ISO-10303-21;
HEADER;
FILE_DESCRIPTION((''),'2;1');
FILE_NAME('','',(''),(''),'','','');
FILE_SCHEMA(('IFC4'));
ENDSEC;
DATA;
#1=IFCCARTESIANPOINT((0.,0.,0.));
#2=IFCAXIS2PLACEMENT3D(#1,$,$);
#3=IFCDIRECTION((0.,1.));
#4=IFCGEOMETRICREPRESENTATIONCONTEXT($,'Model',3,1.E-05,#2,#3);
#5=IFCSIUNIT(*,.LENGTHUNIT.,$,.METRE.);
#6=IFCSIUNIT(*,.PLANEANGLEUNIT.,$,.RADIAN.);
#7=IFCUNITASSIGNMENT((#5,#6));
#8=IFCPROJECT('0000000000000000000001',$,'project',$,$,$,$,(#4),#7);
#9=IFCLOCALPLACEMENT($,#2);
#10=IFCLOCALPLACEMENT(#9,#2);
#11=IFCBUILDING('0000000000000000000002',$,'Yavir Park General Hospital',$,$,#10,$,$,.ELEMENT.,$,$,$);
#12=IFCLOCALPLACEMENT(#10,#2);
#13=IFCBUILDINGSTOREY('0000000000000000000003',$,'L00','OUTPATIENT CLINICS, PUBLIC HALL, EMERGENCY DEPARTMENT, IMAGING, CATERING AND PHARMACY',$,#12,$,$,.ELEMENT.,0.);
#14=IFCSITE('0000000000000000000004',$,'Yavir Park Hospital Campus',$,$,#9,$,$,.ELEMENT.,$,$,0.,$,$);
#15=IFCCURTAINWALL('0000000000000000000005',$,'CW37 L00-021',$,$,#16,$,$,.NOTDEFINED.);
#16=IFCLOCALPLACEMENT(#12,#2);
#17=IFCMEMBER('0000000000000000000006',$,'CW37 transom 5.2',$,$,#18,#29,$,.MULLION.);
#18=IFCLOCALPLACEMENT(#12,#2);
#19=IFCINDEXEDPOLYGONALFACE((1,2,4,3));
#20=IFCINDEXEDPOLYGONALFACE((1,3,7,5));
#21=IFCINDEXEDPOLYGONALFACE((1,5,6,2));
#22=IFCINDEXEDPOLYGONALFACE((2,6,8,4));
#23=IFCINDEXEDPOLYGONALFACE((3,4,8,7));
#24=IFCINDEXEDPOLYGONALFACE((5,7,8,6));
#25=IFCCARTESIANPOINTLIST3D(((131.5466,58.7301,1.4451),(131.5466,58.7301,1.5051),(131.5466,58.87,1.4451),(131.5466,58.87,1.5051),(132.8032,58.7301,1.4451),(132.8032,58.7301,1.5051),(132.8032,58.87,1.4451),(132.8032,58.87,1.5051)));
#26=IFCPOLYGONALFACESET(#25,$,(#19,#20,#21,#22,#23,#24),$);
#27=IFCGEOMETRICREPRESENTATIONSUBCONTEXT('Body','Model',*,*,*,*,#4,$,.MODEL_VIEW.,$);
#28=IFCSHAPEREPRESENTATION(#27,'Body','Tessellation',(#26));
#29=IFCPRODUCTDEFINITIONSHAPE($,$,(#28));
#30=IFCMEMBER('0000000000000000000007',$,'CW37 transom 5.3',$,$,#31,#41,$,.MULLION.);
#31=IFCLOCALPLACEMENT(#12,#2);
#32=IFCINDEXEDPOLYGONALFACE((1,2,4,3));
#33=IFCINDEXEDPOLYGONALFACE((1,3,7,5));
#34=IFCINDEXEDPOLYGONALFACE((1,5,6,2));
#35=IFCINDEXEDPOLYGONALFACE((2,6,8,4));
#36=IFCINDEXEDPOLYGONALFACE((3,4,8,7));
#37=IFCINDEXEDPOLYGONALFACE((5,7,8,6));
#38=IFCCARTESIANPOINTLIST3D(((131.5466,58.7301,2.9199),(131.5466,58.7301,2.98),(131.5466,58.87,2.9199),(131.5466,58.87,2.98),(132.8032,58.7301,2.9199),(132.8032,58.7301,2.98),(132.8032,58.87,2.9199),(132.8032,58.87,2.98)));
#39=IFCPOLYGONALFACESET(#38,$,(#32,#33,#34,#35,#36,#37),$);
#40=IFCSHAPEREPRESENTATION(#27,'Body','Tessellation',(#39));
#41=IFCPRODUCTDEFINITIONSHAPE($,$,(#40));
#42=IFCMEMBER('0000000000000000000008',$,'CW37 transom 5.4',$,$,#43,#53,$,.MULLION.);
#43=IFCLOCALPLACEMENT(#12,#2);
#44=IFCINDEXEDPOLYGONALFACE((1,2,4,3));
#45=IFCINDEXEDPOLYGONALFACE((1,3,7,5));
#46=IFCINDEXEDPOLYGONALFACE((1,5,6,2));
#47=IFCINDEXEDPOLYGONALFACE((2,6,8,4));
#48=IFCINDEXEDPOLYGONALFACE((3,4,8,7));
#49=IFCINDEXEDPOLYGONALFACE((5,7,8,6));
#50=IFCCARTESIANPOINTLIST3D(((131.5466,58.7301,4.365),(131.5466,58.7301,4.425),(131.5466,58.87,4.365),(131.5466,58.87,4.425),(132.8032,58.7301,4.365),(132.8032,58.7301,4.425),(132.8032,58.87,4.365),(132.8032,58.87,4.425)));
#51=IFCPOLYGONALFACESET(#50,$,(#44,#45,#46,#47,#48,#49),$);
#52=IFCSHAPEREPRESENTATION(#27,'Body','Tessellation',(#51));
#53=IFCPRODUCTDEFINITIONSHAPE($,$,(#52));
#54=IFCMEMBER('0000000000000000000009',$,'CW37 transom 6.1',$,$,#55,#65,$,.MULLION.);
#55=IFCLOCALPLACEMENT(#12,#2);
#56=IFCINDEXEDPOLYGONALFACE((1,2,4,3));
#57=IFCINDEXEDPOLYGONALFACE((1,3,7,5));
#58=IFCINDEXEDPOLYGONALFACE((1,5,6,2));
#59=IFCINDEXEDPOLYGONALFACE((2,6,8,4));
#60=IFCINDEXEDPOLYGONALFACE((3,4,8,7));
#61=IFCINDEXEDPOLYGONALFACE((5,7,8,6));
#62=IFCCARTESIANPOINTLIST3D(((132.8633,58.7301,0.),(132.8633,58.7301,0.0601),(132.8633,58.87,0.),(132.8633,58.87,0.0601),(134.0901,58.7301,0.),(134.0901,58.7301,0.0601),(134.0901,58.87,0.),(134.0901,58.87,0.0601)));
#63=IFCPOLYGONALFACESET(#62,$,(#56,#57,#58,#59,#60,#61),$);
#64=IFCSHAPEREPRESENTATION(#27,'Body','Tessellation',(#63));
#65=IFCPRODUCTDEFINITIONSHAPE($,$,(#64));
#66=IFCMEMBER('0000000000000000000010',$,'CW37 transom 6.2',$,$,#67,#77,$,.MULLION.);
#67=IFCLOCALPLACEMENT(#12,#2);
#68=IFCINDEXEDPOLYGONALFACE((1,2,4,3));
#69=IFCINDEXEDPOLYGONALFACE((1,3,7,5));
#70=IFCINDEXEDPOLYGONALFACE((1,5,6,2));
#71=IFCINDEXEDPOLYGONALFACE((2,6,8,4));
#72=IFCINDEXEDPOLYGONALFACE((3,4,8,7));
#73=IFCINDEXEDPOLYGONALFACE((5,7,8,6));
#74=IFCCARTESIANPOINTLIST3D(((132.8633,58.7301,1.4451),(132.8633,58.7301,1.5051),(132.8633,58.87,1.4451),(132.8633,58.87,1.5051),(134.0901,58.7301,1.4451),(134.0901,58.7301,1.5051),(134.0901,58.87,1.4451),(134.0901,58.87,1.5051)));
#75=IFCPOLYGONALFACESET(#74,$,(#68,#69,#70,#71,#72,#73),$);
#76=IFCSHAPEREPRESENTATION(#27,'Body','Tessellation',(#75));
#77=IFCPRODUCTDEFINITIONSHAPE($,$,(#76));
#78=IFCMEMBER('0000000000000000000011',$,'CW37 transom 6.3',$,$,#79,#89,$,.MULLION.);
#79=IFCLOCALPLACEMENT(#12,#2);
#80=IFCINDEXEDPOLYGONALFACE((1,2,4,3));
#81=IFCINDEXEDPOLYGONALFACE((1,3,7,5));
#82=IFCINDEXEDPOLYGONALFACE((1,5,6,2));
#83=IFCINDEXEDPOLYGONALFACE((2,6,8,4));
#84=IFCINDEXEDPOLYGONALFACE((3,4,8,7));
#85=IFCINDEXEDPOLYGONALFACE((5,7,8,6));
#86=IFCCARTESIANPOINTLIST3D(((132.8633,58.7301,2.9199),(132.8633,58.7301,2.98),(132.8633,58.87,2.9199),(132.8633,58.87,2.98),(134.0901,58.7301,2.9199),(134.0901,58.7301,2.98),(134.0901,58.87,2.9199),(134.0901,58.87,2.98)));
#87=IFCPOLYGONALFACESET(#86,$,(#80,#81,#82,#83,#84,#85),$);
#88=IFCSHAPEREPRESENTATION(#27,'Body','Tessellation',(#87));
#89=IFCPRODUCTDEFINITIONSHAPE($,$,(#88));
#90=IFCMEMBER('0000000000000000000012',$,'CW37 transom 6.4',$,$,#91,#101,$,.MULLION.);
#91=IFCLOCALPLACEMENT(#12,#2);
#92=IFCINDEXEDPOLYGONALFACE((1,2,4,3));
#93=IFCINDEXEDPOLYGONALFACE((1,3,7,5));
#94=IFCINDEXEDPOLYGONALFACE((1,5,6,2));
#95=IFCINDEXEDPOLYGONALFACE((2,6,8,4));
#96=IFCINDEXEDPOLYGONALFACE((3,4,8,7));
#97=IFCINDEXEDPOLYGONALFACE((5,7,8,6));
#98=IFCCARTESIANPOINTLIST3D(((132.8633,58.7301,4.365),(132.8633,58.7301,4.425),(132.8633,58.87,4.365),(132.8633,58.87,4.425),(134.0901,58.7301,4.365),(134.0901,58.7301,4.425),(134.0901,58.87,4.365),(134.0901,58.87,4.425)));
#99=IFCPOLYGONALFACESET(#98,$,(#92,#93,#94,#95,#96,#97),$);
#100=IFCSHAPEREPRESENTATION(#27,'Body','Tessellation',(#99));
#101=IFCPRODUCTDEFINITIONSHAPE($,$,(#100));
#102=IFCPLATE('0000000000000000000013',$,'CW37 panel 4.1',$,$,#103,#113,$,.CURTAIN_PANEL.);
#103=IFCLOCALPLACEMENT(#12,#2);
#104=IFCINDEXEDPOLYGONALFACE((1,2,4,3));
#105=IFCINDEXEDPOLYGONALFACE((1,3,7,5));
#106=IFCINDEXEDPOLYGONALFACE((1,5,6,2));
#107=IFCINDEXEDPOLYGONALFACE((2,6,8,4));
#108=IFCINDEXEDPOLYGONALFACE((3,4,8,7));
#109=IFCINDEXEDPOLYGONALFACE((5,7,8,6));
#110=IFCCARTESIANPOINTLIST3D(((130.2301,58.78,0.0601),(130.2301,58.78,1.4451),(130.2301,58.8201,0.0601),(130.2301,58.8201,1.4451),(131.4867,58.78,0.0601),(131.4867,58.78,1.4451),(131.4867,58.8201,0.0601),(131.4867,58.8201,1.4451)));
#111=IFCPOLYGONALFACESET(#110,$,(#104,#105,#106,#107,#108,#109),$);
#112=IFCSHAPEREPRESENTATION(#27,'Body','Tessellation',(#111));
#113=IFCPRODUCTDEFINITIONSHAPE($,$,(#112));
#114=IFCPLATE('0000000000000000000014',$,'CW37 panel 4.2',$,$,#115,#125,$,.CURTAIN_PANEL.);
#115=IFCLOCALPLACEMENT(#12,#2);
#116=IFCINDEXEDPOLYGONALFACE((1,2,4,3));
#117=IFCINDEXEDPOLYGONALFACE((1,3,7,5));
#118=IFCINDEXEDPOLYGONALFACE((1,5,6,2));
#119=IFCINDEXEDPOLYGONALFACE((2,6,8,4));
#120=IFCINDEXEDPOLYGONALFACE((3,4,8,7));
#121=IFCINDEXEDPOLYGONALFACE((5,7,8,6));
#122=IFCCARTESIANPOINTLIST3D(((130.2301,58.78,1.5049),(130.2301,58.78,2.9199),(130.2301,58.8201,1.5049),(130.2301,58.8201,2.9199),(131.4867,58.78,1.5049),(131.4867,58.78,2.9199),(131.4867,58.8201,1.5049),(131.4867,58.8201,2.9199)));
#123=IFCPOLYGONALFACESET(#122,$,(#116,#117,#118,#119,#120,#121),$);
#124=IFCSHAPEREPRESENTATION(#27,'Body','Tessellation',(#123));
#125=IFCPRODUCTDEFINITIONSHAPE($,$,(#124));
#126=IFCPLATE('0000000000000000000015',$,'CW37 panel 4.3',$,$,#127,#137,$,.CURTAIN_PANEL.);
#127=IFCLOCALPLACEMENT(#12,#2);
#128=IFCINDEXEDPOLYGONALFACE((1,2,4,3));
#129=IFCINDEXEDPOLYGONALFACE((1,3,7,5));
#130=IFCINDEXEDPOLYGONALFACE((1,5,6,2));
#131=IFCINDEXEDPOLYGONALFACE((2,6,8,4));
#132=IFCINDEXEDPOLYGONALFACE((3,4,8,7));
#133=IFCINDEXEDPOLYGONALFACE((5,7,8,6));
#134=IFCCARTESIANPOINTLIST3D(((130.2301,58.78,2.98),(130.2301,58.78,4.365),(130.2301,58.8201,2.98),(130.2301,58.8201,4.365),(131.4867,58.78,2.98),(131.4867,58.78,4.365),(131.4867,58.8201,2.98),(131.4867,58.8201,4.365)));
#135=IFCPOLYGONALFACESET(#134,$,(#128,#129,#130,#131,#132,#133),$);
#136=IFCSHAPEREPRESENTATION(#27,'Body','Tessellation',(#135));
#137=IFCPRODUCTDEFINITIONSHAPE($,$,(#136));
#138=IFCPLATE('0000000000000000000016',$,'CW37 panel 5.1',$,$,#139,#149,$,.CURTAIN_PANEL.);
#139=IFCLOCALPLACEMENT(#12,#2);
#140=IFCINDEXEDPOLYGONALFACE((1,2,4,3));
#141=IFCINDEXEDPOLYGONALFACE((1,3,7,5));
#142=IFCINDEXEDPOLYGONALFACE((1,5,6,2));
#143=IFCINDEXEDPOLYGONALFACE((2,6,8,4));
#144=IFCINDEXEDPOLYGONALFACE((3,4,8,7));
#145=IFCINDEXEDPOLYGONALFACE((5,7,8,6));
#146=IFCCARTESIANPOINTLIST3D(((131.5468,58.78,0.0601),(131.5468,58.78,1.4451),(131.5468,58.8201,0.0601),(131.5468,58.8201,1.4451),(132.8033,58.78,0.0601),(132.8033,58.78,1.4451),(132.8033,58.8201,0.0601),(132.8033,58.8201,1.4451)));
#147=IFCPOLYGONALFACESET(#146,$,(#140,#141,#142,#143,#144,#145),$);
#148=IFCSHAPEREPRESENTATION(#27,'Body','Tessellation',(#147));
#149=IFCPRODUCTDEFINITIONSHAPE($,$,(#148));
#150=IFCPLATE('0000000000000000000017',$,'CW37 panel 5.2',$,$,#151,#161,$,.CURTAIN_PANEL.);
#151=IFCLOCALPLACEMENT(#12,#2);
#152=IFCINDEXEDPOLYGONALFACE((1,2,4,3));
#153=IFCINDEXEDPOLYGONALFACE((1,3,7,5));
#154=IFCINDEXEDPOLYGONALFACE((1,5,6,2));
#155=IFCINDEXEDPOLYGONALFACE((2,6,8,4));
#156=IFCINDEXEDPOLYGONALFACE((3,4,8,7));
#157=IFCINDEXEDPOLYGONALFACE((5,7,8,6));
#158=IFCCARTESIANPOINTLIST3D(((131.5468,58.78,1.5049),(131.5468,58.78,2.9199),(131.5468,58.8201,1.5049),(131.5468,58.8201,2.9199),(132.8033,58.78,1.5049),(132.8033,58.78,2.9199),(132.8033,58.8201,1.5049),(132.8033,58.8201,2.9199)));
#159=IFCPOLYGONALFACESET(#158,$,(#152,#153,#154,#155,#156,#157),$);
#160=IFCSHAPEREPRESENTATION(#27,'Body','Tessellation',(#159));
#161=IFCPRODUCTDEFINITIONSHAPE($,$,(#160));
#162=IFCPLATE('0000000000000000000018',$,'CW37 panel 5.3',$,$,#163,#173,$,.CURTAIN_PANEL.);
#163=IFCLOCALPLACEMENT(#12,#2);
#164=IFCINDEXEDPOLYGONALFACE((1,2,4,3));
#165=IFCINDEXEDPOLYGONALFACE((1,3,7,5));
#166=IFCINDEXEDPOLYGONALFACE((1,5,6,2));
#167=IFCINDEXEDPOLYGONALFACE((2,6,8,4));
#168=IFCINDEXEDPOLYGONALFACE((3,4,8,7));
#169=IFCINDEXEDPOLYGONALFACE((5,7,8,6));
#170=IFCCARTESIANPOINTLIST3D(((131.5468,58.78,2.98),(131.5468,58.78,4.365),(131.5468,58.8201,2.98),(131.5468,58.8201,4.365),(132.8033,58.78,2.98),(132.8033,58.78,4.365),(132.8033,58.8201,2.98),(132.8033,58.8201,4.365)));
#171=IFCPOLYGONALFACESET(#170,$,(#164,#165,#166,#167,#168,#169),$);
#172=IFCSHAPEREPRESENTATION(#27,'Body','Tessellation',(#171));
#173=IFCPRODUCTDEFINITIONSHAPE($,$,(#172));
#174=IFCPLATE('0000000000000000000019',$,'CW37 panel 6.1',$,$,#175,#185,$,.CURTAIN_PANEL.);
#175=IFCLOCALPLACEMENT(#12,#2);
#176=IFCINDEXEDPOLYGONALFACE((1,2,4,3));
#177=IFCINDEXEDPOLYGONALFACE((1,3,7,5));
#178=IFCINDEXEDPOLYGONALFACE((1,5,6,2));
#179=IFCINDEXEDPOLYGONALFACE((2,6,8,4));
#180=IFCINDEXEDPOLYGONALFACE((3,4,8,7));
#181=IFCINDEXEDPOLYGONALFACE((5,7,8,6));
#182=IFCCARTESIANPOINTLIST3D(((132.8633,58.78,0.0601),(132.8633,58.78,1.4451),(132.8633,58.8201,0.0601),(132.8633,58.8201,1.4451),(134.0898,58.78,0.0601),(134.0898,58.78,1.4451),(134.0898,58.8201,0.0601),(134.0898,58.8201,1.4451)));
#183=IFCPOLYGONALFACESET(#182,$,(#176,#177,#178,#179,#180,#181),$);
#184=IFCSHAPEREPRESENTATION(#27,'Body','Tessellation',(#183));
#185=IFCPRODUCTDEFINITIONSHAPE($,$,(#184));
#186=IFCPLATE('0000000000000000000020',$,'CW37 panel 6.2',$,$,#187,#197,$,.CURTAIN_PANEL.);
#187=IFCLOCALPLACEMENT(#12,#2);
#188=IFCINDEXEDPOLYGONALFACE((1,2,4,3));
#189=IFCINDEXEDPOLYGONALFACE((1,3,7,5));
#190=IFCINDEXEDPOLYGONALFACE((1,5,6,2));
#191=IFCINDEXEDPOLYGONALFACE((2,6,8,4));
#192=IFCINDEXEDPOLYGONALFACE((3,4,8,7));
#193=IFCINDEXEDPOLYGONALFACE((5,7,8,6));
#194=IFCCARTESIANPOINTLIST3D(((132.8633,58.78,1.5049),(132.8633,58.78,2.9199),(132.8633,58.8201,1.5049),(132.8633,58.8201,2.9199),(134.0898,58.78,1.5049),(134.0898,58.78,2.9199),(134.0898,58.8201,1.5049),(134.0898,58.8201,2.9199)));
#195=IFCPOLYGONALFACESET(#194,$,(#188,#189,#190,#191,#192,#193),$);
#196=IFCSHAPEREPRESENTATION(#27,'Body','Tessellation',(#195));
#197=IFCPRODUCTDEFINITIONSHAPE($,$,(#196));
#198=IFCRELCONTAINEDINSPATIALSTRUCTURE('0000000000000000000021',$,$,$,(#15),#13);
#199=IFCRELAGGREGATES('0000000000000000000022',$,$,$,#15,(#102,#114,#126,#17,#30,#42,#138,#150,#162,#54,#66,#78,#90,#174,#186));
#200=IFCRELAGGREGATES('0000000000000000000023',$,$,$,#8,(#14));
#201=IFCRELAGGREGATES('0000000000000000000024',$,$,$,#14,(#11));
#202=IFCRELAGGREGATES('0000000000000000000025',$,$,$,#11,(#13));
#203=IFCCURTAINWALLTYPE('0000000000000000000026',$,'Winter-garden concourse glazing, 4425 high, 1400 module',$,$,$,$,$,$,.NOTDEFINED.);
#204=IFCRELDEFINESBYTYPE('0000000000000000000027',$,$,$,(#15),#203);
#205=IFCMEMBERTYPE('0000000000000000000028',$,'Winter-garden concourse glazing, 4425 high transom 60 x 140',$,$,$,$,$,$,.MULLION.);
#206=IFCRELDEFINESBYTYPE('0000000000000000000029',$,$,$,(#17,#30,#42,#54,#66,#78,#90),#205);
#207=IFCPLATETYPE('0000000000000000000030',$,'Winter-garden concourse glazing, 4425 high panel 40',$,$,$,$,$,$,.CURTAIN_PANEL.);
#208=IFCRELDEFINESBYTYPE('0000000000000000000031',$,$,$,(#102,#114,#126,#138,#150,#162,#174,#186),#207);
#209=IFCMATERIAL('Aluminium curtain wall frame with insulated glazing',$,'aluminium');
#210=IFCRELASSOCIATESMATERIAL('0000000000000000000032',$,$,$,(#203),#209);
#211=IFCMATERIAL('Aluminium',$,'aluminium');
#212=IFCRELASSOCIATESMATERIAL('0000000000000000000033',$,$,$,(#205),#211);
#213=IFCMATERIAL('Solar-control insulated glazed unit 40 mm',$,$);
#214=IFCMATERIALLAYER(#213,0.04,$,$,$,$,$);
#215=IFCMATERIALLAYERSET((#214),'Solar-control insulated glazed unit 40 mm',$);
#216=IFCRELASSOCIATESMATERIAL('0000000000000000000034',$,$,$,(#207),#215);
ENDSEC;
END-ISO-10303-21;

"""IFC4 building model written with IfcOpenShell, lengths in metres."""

from ifc_helpers import new_model, si_unit, direction, frame, origin, origin_2d, place, context, subcontext, project, spatial, rectangle, extrude, material, layer, layer_set, material_profile, profile_set, type_object, element, aggregate, save


model = new_model("IFC4")

# Units and contexts
model_context = context("Model", 3, precision=1e-05, world=origin(), true_north=direction((0.0, 1.0)))
body_context = subcontext(model_context, "Body", "Model", "MODEL_VIEW")
ifc_project = project(units=[si_unit("LENGTHUNIT", "METRE"), si_unit("PLANEANGLEUNIT", "RADIAN")], contexts=[model_context])

# Site, building, storey
site_placement = place(None, origin())
site = spatial("IfcSite", under=ifc_project, at=site_placement, Name="Yavir Park Hospital Campus", CompositionType="ELEMENT", RefElevation=0.0)
building_placement = place(site_placement, origin())
building = spatial("IfcBuilding", under=site, at=building_placement, Name="Yavir Park General Hospital", CompositionType="ELEMENT")
storey_placement = place(building_placement, origin())
storey = spatial("IfcBuildingStorey", under=building, at=storey_placement, Name="L00", Description="OUTPATIENT CLINICS, PUBLIC HALL, EMERGENCY DEPARTMENT, IMAGING, CATERING AND PHARMACY", CompositionType="ELEMENT", Elevation=0.0)

# Curtain wall, members, plates
ifc_material_1 = material(Name="Aluminium curtain wall frame with insulated glazing", Category="aluminium")
curtain_wall_type = type_object("IfcCurtainWallType", Name="Winter-garden concourse glazing, 4425 high, 1400 module", PredefinedType="NOTDEFINED", material=ifc_material_1)
curtain_wall_placement = place(storey_placement, origin())
curtain_wall = element("IfcCurtainWall", 1, at=curtain_wall_placement, inside=storey, type_object=curtain_wall_type, Name="CW37 L00-021", PredefinedType="NOTDEFINED")
ifc_material_2 = material(Name="Aluminium", Category="aluminium")
ifc_material_profile_1 = material_profile(ifc_material_2, rectangle(XDim=0.1399, YDim=0.0601, at=origin_2d()), Name="AL 140x60")
ifc_profile_set_1 = profile_set([ifc_material_profile_1], Name="Aluminium")
member_type_1 = type_object("IfcMemberType", Name="Winter-garden concourse glazing, 4425 high transom 60 x 140", PredefinedType="MULLION", material=ifc_profile_set_1)
member_1_placement = place(storey_placement, frame((131.5466, 58.8, 1.4751), z_axis=(1.0, 0.0, 0.0), x_axis=(0.0, 1.0, 0.0)))
member_1 = element("IfcMember", 2, at=member_1_placement, type_object=member_type_1, Name="CW37 transom 5.2", PredefinedType="MULLION", context=body_context, shape_type="SweptSolid", body=[
    extrude(rectangle(XDim=0.1399, YDim=0.0601, at=origin_2d()), origin(), (0.0, 0.0, 1.0), 1.2566),
])
member_2_placement = place(storey_placement, frame((131.5466, 58.8, 2.95), z_axis=(1.0, 0.0, 0.0), x_axis=(0.0, 1.0, 0.0)))
member_2 = element("IfcMember", 3, at=member_2_placement, type_object=member_type_1, Name="CW37 transom 5.3", PredefinedType="MULLION", context=body_context, shape_type="SweptSolid", body=[
    extrude(rectangle(XDim=0.1399, YDim=0.0601, at=origin_2d()), origin(), (0.0, 0.0, 1.0), 1.2566),
])
member_3_placement = place(storey_placement, frame((131.5466, 58.8, 4.395), z_axis=(1.0, 0.0, 0.0), x_axis=(0.0, 1.0, 0.0)))
member_3 = element("IfcMember", 4, at=member_3_placement, type_object=member_type_1, Name="CW37 transom 5.4", PredefinedType="MULLION", context=body_context, shape_type="SweptSolid", body=[
    extrude(rectangle(XDim=0.1399, YDim=0.0601, at=origin_2d()), origin(), (0.0, 0.0, 1.0), 1.2566),
])
member_4_placement = place(storey_placement, frame((132.8633, 58.8, 0.03), z_axis=(1.0, 0.0, 0.0), x_axis=(0.0, 1.0, 0.0)))
member_4 = element("IfcMember", 5, at=member_4_placement, type_object=member_type_1, Name="CW37 transom 6.1", PredefinedType="MULLION", context=body_context, shape_type="SweptSolid", body=[
    extrude(rectangle(XDim=0.1399, YDim=0.0601, at=origin_2d()), origin(), (0.0, 0.0, 1.0), 1.2268),
])
member_5_placement = place(storey_placement, frame((132.8633, 58.8, 1.4751), z_axis=(1.0, 0.0, 0.0), x_axis=(0.0, 1.0, 0.0)))
member_5 = element("IfcMember", 6, at=member_5_placement, type_object=member_type_1, Name="CW37 transom 6.2", PredefinedType="MULLION", context=body_context, shape_type="SweptSolid", body=[
    extrude(rectangle(XDim=0.1399, YDim=0.0601, at=origin_2d()), origin(), (0.0, 0.0, 1.0), 1.2268),
])
member_6_placement = place(storey_placement, frame((132.8633, 58.8, 2.95), z_axis=(1.0, 0.0, 0.0), x_axis=(0.0, 1.0, 0.0)))
member_6 = element("IfcMember", 7, at=member_6_placement, type_object=member_type_1, Name="CW37 transom 6.3", PredefinedType="MULLION", context=body_context, shape_type="SweptSolid", body=[
    extrude(rectangle(XDim=0.1399, YDim=0.0601, at=origin_2d()), origin(), (0.0, 0.0, 1.0), 1.2268),
])
member_7_placement = place(storey_placement, frame((132.8633, 58.8, 4.395), z_axis=(1.0, 0.0, 0.0), x_axis=(0.0, 1.0, 0.0)))
member_7 = element("IfcMember", 8, at=member_7_placement, type_object=member_type_1, Name="CW37 transom 6.4", PredefinedType="MULLION", context=body_context, shape_type="SweptSolid", body=[
    extrude(rectangle(XDim=0.1399, YDim=0.0601, at=origin_2d()), origin(), (0.0, 0.0, 1.0), 1.2268),
])
ifc_material_3 = material(Name="Solar-control insulated glazed unit 40 mm")
ifc_layer_1 = layer(ifc_material_3, 0.04)
ifc_layer_set_1 = layer_set([ifc_layer_1], Name="Solar-control insulated glazed unit 40 mm")
plate_type = type_object("IfcPlateType", Name="Winter-garden concourse glazing, 4425 high panel 40", PredefinedType="CURTAIN_PANEL", material=ifc_layer_set_1)
plate_1_placement = place(storey_placement, frame((130.8584, 58.8, 0.0601), z_axis=(0.0, 0.0, 1.0), x_axis=(1.0, 0.0, 0.0)))
plate_1 = element("IfcPlate", 9, at=plate_1_placement, type_object=plate_type, Name="CW37 panel 4.1", PredefinedType="CURTAIN_PANEL", context=body_context, shape_type="SweptSolid", body=[
    extrude(rectangle(XDim=1.2566, YDim=0.04, at=origin_2d()), origin(), (0.0, 0.0, 1.0), 1.385),
])
plate_2_placement = place(storey_placement, frame((130.8584, 58.8, 1.5049), z_axis=(0.0, 0.0, 1.0), x_axis=(1.0, 0.0, 0.0)))
plate_2 = element("IfcPlate", 10, at=plate_2_placement, type_object=plate_type, Name="CW37 panel 4.2", PredefinedType="CURTAIN_PANEL", context=body_context, shape_type="SweptSolid", body=[
    extrude(rectangle(XDim=1.2566, YDim=0.04, at=origin_2d()), origin(), (0.0, 0.0, 1.0), 1.415),
])
plate_3_placement = place(storey_placement, frame((130.8584, 58.8, 2.98), z_axis=(0.0, 0.0, 1.0), x_axis=(1.0, 0.0, 0.0)))
plate_3 = element("IfcPlate", 11, at=plate_3_placement, type_object=plate_type, Name="CW37 panel 4.3", PredefinedType="CURTAIN_PANEL", context=body_context, shape_type="SweptSolid", body=[
    extrude(rectangle(XDim=1.2566, YDim=0.04, at=origin_2d()), origin(), (0.0, 0.0, 1.0), 1.385),
])
plate_4_placement = place(storey_placement, frame((132.175, 58.8, 0.0601), z_axis=(0.0, 0.0, 1.0), x_axis=(1.0, 0.0, 0.0)))
plate_4 = element("IfcPlate", 12, at=plate_4_placement, type_object=plate_type, Name="CW37 panel 5.1", PredefinedType="CURTAIN_PANEL", context=body_context, shape_type="SweptSolid", body=[
    extrude(rectangle(XDim=1.2566, YDim=0.04, at=origin_2d()), origin(), (0.0, 0.0, 1.0), 1.385),
])
plate_5_placement = place(storey_placement, frame((132.175, 58.8, 1.5049), z_axis=(0.0, 0.0, 1.0), x_axis=(1.0, 0.0, 0.0)))
plate_5 = element("IfcPlate", 13, at=plate_5_placement, type_object=plate_type, Name="CW37 panel 5.2", PredefinedType="CURTAIN_PANEL", context=body_context, shape_type="SweptSolid", body=[
    extrude(rectangle(XDim=1.2566, YDim=0.04, at=origin_2d()), origin(), (0.0, 0.0, 1.0), 1.415),
])
plate_6_placement = place(storey_placement, frame((132.175, 58.8, 2.98), z_axis=(0.0, 0.0, 1.0), x_axis=(1.0, 0.0, 0.0)))
plate_6 = element("IfcPlate", 14, at=plate_6_placement, type_object=plate_type, Name="CW37 panel 5.3", PredefinedType="CURTAIN_PANEL", context=body_context, shape_type="SweptSolid", body=[
    extrude(rectangle(XDim=1.2566, YDim=0.04, at=origin_2d()), origin(), (0.0, 0.0, 1.0), 1.385),
])
plate_7_placement = place(storey_placement, frame((133.4766, 58.8, 0.0601), z_axis=(0.0, 0.0, 1.0), x_axis=(1.0, 0.0, 0.0)))
plate_7 = element("IfcPlate", 15, at=plate_7_placement, type_object=plate_type, Name="CW37 panel 6.1", PredefinedType="CURTAIN_PANEL", context=body_context, shape_type="SweptSolid", body=[
    extrude(rectangle(XDim=1.2266, YDim=0.04, at=origin_2d()), origin(), (0.0, 0.0, 1.0), 1.385),
])
plate_8_placement = place(storey_placement, frame((133.4766, 58.8, 1.5049), z_axis=(0.0, 0.0, 1.0), x_axis=(1.0, 0.0, 0.0)))
plate_8 = element("IfcPlate", 16, at=plate_8_placement, type_object=plate_type, Name="CW37 panel 6.2", PredefinedType="CURTAIN_PANEL", context=body_context, shape_type="SweptSolid", body=[
    extrude(rectangle(XDim=1.2266, YDim=0.04, at=origin_2d()), origin(), (0.0, 0.0, 1.0), 1.415),
])
aggregate(curtain_wall, [plate_1, plate_2, plate_3, member_1, member_2, member_3, plate_4, plate_5, plate_6, member_4, member_5, member_6, member_7, plate_7, plate_8])

save(model, "model.ifc")
